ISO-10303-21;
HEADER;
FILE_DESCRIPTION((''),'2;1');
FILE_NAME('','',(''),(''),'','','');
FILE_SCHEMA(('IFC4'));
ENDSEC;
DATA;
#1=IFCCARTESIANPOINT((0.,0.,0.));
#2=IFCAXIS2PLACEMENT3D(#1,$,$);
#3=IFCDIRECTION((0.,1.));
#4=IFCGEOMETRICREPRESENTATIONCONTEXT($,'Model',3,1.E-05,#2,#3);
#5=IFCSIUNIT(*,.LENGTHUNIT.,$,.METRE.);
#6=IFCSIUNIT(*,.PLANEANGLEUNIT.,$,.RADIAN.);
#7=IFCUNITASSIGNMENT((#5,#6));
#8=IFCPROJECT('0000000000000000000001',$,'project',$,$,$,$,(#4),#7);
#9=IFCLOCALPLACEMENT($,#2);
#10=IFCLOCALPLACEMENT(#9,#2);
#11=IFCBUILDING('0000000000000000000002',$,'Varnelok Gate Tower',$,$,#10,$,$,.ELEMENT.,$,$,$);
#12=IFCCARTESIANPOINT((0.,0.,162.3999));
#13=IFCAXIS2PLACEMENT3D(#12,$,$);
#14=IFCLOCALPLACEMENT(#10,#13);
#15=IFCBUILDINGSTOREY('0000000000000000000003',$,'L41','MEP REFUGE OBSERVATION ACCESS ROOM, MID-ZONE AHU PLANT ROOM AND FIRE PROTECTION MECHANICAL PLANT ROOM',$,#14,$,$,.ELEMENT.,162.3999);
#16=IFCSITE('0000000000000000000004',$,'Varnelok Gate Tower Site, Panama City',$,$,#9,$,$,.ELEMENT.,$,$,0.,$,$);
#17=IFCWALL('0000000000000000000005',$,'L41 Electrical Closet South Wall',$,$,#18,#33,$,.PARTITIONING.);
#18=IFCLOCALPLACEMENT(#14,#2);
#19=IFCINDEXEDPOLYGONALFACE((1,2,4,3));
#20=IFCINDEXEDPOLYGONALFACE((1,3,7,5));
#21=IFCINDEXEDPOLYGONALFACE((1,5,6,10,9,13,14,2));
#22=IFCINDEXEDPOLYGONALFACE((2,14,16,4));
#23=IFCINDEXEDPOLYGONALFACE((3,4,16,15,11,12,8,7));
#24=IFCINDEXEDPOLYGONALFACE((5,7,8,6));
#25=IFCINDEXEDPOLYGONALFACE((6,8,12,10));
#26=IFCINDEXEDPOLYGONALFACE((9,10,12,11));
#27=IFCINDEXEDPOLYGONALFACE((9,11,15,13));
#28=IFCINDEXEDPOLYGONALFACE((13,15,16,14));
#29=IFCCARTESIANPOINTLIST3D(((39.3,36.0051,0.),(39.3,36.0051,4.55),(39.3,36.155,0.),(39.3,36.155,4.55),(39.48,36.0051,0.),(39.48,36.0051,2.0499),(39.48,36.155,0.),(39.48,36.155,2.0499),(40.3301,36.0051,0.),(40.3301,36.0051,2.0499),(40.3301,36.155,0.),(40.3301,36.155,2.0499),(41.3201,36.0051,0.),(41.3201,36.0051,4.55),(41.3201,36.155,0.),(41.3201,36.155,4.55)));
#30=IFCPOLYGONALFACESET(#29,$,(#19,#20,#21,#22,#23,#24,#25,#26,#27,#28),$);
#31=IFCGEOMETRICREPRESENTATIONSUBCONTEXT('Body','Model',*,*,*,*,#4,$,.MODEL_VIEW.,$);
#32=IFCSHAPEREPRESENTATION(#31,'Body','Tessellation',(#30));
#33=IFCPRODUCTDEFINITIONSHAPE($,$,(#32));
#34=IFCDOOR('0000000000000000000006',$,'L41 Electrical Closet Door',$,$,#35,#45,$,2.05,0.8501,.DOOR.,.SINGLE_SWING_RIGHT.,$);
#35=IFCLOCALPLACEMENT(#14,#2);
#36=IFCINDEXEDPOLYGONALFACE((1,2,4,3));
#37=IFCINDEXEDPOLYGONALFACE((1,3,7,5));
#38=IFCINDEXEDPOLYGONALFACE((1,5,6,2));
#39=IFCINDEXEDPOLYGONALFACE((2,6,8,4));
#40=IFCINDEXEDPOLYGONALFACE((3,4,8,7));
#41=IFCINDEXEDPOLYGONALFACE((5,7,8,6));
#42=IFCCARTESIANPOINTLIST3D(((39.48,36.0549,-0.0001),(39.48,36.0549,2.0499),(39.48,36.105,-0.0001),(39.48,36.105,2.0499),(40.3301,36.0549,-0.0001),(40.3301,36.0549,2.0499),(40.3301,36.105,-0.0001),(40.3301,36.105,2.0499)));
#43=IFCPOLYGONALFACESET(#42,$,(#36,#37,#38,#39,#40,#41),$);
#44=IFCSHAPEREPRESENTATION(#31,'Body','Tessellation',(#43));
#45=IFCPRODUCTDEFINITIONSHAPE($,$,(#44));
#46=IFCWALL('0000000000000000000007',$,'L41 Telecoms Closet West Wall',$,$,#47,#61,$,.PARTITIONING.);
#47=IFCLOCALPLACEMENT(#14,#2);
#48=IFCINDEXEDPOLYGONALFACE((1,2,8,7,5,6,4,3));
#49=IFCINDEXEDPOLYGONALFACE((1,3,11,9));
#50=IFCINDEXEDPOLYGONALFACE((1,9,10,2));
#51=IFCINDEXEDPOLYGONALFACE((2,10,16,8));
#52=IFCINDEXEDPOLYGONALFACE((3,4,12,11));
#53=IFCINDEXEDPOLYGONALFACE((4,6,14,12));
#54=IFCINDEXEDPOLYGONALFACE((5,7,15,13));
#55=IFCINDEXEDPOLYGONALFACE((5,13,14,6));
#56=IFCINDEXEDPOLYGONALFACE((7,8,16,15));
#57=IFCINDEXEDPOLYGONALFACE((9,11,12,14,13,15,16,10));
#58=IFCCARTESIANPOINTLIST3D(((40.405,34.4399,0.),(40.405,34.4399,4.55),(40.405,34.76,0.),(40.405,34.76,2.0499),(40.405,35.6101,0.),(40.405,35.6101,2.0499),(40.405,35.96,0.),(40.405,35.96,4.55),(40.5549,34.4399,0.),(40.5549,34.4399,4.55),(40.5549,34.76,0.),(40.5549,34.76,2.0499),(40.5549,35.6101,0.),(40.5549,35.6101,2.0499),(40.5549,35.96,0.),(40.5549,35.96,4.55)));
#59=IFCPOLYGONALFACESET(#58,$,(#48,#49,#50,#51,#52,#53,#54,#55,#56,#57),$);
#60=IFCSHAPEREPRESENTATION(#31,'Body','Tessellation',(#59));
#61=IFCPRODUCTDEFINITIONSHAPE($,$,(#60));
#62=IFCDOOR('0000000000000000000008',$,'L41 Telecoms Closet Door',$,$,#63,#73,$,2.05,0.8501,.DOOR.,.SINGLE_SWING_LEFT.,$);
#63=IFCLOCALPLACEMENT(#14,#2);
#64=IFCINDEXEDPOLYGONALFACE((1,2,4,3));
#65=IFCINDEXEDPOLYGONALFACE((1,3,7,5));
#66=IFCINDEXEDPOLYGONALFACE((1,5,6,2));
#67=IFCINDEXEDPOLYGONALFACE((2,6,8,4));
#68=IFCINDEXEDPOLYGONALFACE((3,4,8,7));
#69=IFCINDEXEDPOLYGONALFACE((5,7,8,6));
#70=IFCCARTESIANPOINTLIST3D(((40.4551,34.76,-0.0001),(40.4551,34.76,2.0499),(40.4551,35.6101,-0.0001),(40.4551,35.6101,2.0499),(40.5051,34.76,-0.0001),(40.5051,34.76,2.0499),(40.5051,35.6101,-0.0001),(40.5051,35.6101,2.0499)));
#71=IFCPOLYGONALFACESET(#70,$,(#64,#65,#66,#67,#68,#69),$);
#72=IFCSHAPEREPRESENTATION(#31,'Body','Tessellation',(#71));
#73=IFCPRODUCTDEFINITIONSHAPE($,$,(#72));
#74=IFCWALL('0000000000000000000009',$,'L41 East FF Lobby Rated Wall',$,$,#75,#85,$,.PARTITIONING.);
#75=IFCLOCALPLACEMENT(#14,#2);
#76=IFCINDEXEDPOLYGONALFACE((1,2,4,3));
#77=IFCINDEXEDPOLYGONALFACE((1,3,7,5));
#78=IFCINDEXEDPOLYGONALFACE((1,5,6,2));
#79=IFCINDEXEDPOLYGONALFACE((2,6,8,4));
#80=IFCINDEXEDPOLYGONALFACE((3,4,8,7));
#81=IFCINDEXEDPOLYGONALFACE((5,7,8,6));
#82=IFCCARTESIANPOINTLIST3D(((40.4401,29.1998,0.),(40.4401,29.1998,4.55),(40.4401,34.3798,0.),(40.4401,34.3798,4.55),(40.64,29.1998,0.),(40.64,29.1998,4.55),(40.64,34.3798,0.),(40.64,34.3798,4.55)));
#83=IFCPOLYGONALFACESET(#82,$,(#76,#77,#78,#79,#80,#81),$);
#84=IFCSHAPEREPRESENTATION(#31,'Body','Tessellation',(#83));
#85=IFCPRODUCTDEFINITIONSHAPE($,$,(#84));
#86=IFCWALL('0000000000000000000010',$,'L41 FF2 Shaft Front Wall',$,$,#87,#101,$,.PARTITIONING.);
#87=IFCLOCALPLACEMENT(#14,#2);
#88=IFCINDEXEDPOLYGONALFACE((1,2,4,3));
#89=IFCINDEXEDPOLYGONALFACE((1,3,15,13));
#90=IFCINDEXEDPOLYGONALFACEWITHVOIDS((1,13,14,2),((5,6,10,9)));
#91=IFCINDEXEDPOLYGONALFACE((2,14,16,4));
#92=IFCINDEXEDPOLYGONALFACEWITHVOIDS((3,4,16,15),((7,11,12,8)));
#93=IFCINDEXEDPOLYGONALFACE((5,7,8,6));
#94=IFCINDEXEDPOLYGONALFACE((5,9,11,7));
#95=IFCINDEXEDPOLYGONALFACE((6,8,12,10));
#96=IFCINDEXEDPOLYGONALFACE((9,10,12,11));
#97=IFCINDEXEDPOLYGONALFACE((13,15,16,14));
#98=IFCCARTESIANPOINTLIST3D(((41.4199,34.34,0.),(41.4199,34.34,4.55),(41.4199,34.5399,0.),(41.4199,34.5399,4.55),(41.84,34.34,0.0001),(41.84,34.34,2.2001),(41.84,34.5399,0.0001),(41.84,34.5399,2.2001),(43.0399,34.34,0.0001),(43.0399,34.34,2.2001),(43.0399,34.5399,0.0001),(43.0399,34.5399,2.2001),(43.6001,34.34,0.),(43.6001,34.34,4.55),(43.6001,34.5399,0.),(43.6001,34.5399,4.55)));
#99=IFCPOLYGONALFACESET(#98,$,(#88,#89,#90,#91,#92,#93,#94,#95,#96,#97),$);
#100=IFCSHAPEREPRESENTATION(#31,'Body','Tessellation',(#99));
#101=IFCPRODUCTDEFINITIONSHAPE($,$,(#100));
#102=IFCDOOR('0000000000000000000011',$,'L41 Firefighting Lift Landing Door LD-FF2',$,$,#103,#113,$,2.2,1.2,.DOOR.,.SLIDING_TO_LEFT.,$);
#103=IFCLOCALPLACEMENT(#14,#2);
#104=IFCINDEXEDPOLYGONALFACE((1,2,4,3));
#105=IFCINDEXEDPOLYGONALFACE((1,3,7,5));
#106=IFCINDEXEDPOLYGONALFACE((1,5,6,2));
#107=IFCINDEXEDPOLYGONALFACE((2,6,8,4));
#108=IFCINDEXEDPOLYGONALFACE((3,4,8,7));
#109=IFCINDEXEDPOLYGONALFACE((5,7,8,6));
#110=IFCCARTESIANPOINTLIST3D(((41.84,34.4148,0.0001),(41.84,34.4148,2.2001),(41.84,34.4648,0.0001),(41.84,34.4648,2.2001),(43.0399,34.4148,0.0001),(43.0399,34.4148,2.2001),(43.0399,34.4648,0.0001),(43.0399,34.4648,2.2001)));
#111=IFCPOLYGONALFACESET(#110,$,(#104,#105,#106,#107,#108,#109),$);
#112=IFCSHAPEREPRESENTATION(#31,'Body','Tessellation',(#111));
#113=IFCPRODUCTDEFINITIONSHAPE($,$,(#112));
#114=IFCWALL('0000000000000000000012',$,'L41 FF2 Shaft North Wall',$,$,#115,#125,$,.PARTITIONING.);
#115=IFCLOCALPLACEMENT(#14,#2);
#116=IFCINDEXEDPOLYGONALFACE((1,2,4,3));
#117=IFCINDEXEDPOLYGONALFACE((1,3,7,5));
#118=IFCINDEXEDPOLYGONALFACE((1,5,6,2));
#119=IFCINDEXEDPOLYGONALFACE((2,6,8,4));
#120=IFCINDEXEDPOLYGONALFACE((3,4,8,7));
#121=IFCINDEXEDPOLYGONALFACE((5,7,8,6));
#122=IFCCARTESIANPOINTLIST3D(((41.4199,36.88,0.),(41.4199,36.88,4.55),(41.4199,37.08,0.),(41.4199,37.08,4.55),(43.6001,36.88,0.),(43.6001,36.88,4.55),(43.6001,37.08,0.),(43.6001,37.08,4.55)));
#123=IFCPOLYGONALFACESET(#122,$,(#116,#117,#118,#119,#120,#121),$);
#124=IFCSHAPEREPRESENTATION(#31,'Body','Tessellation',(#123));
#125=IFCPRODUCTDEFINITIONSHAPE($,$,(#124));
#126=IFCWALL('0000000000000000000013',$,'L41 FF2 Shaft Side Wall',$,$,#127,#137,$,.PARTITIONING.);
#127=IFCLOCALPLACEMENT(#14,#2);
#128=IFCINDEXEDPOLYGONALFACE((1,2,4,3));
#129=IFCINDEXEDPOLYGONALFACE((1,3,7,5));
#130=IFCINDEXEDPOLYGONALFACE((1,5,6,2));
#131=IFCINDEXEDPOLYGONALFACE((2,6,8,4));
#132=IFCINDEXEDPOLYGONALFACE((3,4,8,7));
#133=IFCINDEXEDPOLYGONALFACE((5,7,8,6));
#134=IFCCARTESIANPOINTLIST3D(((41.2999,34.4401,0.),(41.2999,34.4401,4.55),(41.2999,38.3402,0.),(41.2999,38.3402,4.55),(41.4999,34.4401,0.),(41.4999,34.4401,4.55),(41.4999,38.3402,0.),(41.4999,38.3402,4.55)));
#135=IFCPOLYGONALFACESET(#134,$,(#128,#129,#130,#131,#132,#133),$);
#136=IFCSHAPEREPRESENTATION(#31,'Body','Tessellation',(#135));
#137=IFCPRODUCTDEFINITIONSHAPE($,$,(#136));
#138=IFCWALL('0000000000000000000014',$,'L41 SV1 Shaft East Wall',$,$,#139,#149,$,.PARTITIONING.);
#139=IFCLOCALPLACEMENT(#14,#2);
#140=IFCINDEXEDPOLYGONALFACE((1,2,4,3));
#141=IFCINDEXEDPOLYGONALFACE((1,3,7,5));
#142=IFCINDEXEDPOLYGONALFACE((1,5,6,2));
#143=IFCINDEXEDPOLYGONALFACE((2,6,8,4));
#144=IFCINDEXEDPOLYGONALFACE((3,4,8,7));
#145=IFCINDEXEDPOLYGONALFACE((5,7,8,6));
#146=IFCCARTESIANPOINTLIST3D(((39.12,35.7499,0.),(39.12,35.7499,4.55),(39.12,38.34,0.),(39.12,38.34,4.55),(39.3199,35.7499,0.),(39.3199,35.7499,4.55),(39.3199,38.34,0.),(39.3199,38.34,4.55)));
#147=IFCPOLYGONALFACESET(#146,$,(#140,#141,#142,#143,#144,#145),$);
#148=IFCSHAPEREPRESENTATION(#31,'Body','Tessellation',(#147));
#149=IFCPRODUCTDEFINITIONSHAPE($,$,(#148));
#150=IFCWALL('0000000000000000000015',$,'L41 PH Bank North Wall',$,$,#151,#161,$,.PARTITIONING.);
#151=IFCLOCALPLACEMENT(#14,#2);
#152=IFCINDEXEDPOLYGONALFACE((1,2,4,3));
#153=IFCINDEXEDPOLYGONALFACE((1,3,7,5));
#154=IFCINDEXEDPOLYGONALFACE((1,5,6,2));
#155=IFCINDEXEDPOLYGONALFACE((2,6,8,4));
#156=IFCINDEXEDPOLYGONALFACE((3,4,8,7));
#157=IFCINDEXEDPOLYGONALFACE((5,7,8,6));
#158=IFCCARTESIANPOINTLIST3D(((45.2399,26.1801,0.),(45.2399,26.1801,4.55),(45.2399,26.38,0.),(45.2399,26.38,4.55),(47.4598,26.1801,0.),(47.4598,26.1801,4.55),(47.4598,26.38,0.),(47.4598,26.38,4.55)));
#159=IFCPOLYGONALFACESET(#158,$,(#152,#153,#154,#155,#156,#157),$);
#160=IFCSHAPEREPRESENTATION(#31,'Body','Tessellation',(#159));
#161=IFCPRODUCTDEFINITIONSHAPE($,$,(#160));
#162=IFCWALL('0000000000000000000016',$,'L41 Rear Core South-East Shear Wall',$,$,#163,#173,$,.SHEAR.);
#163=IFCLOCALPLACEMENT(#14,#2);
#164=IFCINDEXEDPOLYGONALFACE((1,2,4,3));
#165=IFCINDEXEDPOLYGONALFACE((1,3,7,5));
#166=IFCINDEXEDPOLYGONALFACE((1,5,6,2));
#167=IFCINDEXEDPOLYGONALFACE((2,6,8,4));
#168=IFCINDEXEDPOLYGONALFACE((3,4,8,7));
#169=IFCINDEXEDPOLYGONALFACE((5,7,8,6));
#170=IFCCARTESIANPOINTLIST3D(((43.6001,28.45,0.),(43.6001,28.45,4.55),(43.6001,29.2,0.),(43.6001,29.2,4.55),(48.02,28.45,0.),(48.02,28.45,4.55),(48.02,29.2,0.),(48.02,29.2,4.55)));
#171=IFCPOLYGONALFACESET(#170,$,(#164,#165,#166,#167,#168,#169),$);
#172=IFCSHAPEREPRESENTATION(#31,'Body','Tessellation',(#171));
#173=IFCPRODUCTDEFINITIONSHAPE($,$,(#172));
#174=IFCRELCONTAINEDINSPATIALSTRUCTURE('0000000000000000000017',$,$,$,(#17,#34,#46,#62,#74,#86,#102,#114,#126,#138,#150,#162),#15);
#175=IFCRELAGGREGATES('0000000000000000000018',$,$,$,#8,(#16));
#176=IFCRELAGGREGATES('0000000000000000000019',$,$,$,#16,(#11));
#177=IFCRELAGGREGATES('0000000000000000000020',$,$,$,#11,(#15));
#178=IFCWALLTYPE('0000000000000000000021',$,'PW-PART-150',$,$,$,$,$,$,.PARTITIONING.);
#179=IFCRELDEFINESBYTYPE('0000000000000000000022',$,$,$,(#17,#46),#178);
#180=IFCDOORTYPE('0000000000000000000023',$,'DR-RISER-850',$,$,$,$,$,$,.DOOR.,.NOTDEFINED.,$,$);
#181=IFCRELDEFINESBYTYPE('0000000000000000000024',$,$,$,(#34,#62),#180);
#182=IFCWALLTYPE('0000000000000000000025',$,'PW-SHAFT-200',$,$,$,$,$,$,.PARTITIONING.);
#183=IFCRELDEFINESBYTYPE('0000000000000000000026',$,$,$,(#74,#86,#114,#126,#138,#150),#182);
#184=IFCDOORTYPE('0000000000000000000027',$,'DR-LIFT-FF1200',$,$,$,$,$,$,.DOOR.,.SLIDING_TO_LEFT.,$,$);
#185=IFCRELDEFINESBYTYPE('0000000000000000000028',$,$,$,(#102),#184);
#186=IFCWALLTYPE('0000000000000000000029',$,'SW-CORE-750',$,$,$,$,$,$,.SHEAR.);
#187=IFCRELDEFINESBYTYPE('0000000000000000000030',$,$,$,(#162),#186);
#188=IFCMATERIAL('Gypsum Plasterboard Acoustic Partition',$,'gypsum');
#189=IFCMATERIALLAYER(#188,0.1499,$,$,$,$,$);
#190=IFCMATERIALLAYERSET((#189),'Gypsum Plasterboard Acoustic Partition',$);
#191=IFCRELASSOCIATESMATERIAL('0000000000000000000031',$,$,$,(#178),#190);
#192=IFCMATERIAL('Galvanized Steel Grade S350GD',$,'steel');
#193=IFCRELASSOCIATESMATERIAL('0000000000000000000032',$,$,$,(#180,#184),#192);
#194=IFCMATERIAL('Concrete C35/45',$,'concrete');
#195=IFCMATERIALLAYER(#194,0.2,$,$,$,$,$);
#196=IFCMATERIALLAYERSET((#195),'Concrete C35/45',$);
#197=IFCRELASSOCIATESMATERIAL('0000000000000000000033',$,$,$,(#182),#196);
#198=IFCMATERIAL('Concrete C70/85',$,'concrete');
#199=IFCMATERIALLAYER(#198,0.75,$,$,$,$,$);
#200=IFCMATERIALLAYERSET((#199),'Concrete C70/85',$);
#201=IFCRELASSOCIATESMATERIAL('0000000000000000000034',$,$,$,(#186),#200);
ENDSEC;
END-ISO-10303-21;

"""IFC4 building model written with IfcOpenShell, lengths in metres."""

from ifc_helpers import new_model, si_unit, direction, frame, frame_2d, origin, place, context, subcontext, project, spatial, rectangle, extrude, material, layer, layer_set, type_object, element, fill, save


model = new_model("IFC4")

# Units and contexts
model_context = context("Model", 3, precision=1e-05, world=origin(), true_north=direction((0.0, 1.0)))
body_context = subcontext(model_context, "Body", "Model", "MODEL_VIEW")
ifc_project = project(units=[si_unit("LENGTHUNIT", "METRE"), si_unit("PLANEANGLEUNIT", "RADIAN")], contexts=[model_context])

# Site, building, storey
site_placement = place(None, origin())
site = spatial("IfcSite", under=ifc_project, at=site_placement, Name="Varnelok Gate Tower Site, Panama City", CompositionType="ELEMENT", RefElevation=0.0)
building_placement = place(site_placement, origin())
building = spatial("IfcBuilding", under=site, at=building_placement, Name="Varnelok Gate Tower", CompositionType="ELEMENT")
storey_placement = place(building_placement, frame((0.0, 0.0, 162.3999)))
storey = spatial("IfcBuildingStorey", under=building, at=storey_placement, Name="L41", Description="MEP REFUGE OBSERVATION ACCESS ROOM, MID-ZONE AHU PLANT ROOM AND FIRE PROTECTION MECHANICAL PLANT ROOM", CompositionType="ELEMENT", Elevation=162.3999)

# Walls, openings, doors
ifc_material_1 = material(Name="Gypsum Plasterboard Acoustic Partition", Category="gypsum")
ifc_layer_1 = layer(ifc_material_1, 0.1499)
ifc_layer_set_1 = layer_set([ifc_layer_1], Name="Gypsum Plasterboard Acoustic Partition")
wall_type_1 = type_object("IfcWallType", Name="PW-PART-150", PredefinedType="PARTITIONING", material=ifc_layer_set_1)
wall_1_placement = place(storey_placement, frame((39.3, 36.0801, 0.0), z_axis=(0.0, 0.0, 1.0), x_axis=(1.0, 0.0, 0.0)))
wall_1 = element("IfcWall", 1, at=wall_1_placement, inside=storey, type_object=wall_type_1, Name="L41 Electrical Closet South Wall", PredefinedType="PARTITIONING", context=body_context, shape_type="SweptSolid", body=[
    extrude(rectangle(XDim=2.02, YDim=0.1499, at=frame_2d((1.01, 0.0))), origin(), (0.0, 0.0, 1.0), 4.55),
])
opening_1_placement = place(wall_1_placement, frame((0.1799, 0.0, 0.0)))
opening_1 = element("IfcOpeningElement", 2, at=opening_1_placement, cuts=wall_1, PredefinedType="OPENING", context=body_context, shape_type="SweptSolid", body=[
    extrude(rectangle(XDim=0.8501, YDim=2.05, at=frame_2d((0.425, 1.0249))), frame((0.0, 0.085, 0.0), z_axis=(0.0, -1.0, 0.0), x_axis=(1.0, 0.0, 0.0)), (0.0, 0.0, 1.0), 0.1699),
])
ifc_material_2 = material(Name="Galvanized Steel Grade S350GD", Category="steel")
door_type_1 = type_object("IfcDoorType", Name="DR-RISER-850", OperationType="NOTDEFINED", PredefinedType="DOOR", material=ifc_material_2)
door_1_placement = place(opening_1_placement, origin())
door_1 = element("IfcDoor", 3, at=door_1_placement, inside=storey, type_object=door_type_1, Name="L41 Electrical Closet Door", OperationType="SINGLE_SWING_RIGHT", OverallHeight=2.05, OverallWidth=0.8501, PredefinedType="DOOR", context=body_context, shape_type="SweptSolid", body=[
    extrude(rectangle(XDim=0.8501, YDim=2.05, at=frame_2d((0.425, 1.0249))), frame((0.0, 0.0249, 0.0), z_axis=(0.0, -1.0, 0.0), x_axis=(1.0, 0.0, 0.0)), (0.0, 0.0, 1.0), 0.05),
])
fill(opening_1, door_1)
wall_2_placement = place(storey_placement, frame((40.48, 34.4399, 0.0), z_axis=(0.0, 0.0, 1.0), x_axis=(0.0, 1.0, 0.0)))
wall_2 = element("IfcWall", 4, at=wall_2_placement, inside=storey, type_object=wall_type_1, Name="L41 Telecoms Closet West Wall", PredefinedType="PARTITIONING", context=body_context, shape_type="SweptSolid", body=[
    extrude(rectangle(XDim=1.52, YDim=0.1499, at=frame_2d((0.76, 0.0))), origin(), (0.0, 0.0, 1.0), 4.55),
])
opening_2_placement = place(wall_2_placement, frame((0.3201, 0.0, 0.0)))
opening_2 = element("IfcOpeningElement", 5, at=opening_2_placement, cuts=wall_2, PredefinedType="OPENING", context=body_context, shape_type="SweptSolid", body=[
    extrude(rectangle(XDim=0.8501, YDim=2.05, at=frame_2d((0.425, 1.0249))), frame((0.0, 0.085, 0.0), z_axis=(0.0, -1.0, 0.0), x_axis=(1.0, 0.0, 0.0)), (0.0, 0.0, 1.0), 0.1699),
])
door_2_placement = place(opening_2_placement, origin())
door_2 = element("IfcDoor", 6, at=door_2_placement, inside=storey, type_object=door_type_1, Name="L41 Telecoms Closet Door", OperationType="SINGLE_SWING_LEFT", OverallHeight=2.05, OverallWidth=0.8501, PredefinedType="DOOR", context=body_context, shape_type="SweptSolid", body=[
    extrude(rectangle(XDim=0.8501, YDim=2.05, at=frame_2d((0.425, 1.0249))), frame((0.0, 0.0249, 0.0), z_axis=(0.0, -1.0, 0.0), x_axis=(1.0, 0.0, 0.0)), (0.0, 0.0, 1.0), 0.05),
])
fill(opening_2, door_2)

# Wall
ifc_material_3 = material(Name="Concrete C35/45", Category="concrete")
ifc_layer_2 = layer(ifc_material_3, 0.2)
ifc_layer_set_2 = layer_set([ifc_layer_2], Name="Concrete C35/45")
wall_type_2 = type_object("IfcWallType", Name="PW-SHAFT-200", PredefinedType="PARTITIONING", material=ifc_layer_set_2)
wall_3_placement = place(storey_placement, frame((40.54, 29.2, 0.0), z_axis=(0.0, 0.0, 1.0), x_axis=(0.0, 1.0, 0.0)))
element("IfcWall", 7, at=wall_3_placement, inside=storey, type_object=wall_type_2, Name="L41 East FF Lobby Rated Wall", PredefinedType="PARTITIONING", context=body_context, shape_type="SweptSolid", body=[
    extrude(rectangle(XDim=5.1799, YDim=0.2, at=frame_2d((2.5898, 0.0))), origin(), (0.0, 0.0, 1.0), 4.55),
])

# Wall, opening, door
wall_4_placement = place(storey_placement, frame((41.4199, 34.4399, 0.0), z_axis=(0.0, 0.0, 1.0), x_axis=(1.0, 0.0, 0.0)))
wall_4 = element("IfcWall", 8, at=wall_4_placement, inside=storey, type_object=wall_type_2, Name="L41 FF2 Shaft Front Wall", PredefinedType="PARTITIONING", context=body_context, shape_type="SweptSolid", body=[
    extrude(rectangle(XDim=2.1802, YDim=0.2, at=frame_2d((1.0901, 0.0))), origin(), (0.0, 0.0, 1.0), 4.55),
])
opening_3_placement = place(wall_4_placement, frame((0.4199, 0.0, 0.0)))
opening_3 = element("IfcOpeningElement", 9, at=opening_3_placement, cuts=wall_4, PredefinedType="OPENING", context=body_context, shape_type="SweptSolid", body=[
    extrude(rectangle(XDim=1.2, YDim=2.2, at=frame_2d((0.6001, 1.1001))), frame((0.0, 0.1099, 0.0), z_axis=(0.0, -1.0, 0.0), x_axis=(1.0, 0.0, 0.0)), (0.0, 0.0, 1.0), 0.22),
])
door_type_2 = type_object("IfcDoorType", Name="DR-LIFT-FF1200", OperationType="SLIDING_TO_LEFT", PredefinedType="DOOR", material=ifc_material_2)
door_3_placement = place(opening_3_placement, origin())
door_3 = element("IfcDoor", 10, at=door_3_placement, inside=storey, type_object=door_type_2, Name="L41 Firefighting Lift Landing Door LD-FF2", OperationType="SLIDING_TO_LEFT", OverallHeight=2.2, OverallWidth=1.2, PredefinedType="DOOR", context=body_context, shape_type="SweptSolid", body=[
    extrude(rectangle(XDim=1.2, YDim=2.2, at=frame_2d((0.6001, 1.1001))), frame((0.0, 0.0249, 0.0), z_axis=(0.0, -1.0, 0.0), x_axis=(1.0, 0.0, 0.0)), (0.0, 0.0, 1.0), 0.05),
])
fill(opening_3, door_3)

# Walls
wall_5_placement = place(storey_placement, frame((41.4199, 36.98, 0.0), z_axis=(0.0, 0.0, 1.0), x_axis=(1.0, 0.0, 0.0)))
element("IfcWall", 11, at=wall_5_placement, inside=storey, type_object=wall_type_2, Name="L41 FF2 Shaft North Wall", PredefinedType="PARTITIONING", context=body_context, shape_type="SweptSolid", body=[
    extrude(rectangle(XDim=2.1802, YDim=0.2, at=frame_2d((1.0901, 0.0))), origin(), (0.0, 0.0, 1.0), 4.55),
])
wall_6_placement = place(storey_placement, frame((41.3999, 34.4399, 0.0), z_axis=(0.0, 0.0, 1.0), x_axis=(0.0, 1.0, 0.0)))
element("IfcWall", 12, at=wall_6_placement, inside=storey, type_object=wall_type_2, Name="L41 FF2 Shaft Side Wall", PredefinedType="PARTITIONING", context=body_context, shape_type="SweptSolid", body=[
    extrude(rectangle(XDim=3.9001, YDim=0.2, at=frame_2d((1.9502, 0.0))), origin(), (0.0, 0.0, 1.0), 4.55),
])
wall_7_placement = place(storey_placement, frame((39.22, 35.75, 0.0), z_axis=(0.0, 0.0, 1.0), x_axis=(0.0, 1.0, 0.0)))
element("IfcWall", 13, at=wall_7_placement, inside=storey, type_object=wall_type_2, Name="L41 SV1 Shaft East Wall", PredefinedType="PARTITIONING", context=body_context, shape_type="SweptSolid", body=[
    extrude(rectangle(XDim=2.5901, YDim=0.2, at=frame_2d((1.2949, 0.0))), origin(), (0.0, 0.0, 1.0), 4.55),
])
wall_8_placement = place(storey_placement, frame((45.24, 26.28, 0.0), z_axis=(0.0, 0.0, 1.0), x_axis=(1.0, 0.0, 0.0)))
element("IfcWall", 14, at=wall_8_placement, inside=storey, type_object=wall_type_2, Name="L41 PH Bank North Wall", PredefinedType="PARTITIONING", context=body_context, shape_type="SweptSolid", body=[
    extrude(rectangle(XDim=2.22, YDim=0.2, at=frame_2d((1.1099, 0.0))), origin(), (0.0, 0.0, 1.0), 4.55),
])
ifc_material_4 = material(Name="Concrete C70/85", Category="concrete")
ifc_layer_3 = layer(ifc_material_4, 0.75)
ifc_layer_set_3 = layer_set([ifc_layer_3], Name="Concrete C70/85")
wall_type_3 = type_object("IfcWallType", Name="SW-CORE-750", PredefinedType="SHEAR", material=ifc_layer_set_3)
wall_9_placement = place(storey_placement, frame((43.6001, 28.825, 0.0), z_axis=(0.0, 0.0, 1.0), x_axis=(1.0, 0.0, 0.0)))
element("IfcWall", 15, at=wall_9_placement, inside=storey, type_object=wall_type_3, Name="L41 Rear Core South-East Shear Wall", PredefinedType="SHEAR", context=body_context, shape_type="SweptSolid", body=[
    extrude(rectangle(XDim=4.4199, YDim=0.75, at=frame_2d((2.21, 0.0))), origin(), (0.0, 0.0, 1.0), 4.55),
])

save(model, "model.ifc")
